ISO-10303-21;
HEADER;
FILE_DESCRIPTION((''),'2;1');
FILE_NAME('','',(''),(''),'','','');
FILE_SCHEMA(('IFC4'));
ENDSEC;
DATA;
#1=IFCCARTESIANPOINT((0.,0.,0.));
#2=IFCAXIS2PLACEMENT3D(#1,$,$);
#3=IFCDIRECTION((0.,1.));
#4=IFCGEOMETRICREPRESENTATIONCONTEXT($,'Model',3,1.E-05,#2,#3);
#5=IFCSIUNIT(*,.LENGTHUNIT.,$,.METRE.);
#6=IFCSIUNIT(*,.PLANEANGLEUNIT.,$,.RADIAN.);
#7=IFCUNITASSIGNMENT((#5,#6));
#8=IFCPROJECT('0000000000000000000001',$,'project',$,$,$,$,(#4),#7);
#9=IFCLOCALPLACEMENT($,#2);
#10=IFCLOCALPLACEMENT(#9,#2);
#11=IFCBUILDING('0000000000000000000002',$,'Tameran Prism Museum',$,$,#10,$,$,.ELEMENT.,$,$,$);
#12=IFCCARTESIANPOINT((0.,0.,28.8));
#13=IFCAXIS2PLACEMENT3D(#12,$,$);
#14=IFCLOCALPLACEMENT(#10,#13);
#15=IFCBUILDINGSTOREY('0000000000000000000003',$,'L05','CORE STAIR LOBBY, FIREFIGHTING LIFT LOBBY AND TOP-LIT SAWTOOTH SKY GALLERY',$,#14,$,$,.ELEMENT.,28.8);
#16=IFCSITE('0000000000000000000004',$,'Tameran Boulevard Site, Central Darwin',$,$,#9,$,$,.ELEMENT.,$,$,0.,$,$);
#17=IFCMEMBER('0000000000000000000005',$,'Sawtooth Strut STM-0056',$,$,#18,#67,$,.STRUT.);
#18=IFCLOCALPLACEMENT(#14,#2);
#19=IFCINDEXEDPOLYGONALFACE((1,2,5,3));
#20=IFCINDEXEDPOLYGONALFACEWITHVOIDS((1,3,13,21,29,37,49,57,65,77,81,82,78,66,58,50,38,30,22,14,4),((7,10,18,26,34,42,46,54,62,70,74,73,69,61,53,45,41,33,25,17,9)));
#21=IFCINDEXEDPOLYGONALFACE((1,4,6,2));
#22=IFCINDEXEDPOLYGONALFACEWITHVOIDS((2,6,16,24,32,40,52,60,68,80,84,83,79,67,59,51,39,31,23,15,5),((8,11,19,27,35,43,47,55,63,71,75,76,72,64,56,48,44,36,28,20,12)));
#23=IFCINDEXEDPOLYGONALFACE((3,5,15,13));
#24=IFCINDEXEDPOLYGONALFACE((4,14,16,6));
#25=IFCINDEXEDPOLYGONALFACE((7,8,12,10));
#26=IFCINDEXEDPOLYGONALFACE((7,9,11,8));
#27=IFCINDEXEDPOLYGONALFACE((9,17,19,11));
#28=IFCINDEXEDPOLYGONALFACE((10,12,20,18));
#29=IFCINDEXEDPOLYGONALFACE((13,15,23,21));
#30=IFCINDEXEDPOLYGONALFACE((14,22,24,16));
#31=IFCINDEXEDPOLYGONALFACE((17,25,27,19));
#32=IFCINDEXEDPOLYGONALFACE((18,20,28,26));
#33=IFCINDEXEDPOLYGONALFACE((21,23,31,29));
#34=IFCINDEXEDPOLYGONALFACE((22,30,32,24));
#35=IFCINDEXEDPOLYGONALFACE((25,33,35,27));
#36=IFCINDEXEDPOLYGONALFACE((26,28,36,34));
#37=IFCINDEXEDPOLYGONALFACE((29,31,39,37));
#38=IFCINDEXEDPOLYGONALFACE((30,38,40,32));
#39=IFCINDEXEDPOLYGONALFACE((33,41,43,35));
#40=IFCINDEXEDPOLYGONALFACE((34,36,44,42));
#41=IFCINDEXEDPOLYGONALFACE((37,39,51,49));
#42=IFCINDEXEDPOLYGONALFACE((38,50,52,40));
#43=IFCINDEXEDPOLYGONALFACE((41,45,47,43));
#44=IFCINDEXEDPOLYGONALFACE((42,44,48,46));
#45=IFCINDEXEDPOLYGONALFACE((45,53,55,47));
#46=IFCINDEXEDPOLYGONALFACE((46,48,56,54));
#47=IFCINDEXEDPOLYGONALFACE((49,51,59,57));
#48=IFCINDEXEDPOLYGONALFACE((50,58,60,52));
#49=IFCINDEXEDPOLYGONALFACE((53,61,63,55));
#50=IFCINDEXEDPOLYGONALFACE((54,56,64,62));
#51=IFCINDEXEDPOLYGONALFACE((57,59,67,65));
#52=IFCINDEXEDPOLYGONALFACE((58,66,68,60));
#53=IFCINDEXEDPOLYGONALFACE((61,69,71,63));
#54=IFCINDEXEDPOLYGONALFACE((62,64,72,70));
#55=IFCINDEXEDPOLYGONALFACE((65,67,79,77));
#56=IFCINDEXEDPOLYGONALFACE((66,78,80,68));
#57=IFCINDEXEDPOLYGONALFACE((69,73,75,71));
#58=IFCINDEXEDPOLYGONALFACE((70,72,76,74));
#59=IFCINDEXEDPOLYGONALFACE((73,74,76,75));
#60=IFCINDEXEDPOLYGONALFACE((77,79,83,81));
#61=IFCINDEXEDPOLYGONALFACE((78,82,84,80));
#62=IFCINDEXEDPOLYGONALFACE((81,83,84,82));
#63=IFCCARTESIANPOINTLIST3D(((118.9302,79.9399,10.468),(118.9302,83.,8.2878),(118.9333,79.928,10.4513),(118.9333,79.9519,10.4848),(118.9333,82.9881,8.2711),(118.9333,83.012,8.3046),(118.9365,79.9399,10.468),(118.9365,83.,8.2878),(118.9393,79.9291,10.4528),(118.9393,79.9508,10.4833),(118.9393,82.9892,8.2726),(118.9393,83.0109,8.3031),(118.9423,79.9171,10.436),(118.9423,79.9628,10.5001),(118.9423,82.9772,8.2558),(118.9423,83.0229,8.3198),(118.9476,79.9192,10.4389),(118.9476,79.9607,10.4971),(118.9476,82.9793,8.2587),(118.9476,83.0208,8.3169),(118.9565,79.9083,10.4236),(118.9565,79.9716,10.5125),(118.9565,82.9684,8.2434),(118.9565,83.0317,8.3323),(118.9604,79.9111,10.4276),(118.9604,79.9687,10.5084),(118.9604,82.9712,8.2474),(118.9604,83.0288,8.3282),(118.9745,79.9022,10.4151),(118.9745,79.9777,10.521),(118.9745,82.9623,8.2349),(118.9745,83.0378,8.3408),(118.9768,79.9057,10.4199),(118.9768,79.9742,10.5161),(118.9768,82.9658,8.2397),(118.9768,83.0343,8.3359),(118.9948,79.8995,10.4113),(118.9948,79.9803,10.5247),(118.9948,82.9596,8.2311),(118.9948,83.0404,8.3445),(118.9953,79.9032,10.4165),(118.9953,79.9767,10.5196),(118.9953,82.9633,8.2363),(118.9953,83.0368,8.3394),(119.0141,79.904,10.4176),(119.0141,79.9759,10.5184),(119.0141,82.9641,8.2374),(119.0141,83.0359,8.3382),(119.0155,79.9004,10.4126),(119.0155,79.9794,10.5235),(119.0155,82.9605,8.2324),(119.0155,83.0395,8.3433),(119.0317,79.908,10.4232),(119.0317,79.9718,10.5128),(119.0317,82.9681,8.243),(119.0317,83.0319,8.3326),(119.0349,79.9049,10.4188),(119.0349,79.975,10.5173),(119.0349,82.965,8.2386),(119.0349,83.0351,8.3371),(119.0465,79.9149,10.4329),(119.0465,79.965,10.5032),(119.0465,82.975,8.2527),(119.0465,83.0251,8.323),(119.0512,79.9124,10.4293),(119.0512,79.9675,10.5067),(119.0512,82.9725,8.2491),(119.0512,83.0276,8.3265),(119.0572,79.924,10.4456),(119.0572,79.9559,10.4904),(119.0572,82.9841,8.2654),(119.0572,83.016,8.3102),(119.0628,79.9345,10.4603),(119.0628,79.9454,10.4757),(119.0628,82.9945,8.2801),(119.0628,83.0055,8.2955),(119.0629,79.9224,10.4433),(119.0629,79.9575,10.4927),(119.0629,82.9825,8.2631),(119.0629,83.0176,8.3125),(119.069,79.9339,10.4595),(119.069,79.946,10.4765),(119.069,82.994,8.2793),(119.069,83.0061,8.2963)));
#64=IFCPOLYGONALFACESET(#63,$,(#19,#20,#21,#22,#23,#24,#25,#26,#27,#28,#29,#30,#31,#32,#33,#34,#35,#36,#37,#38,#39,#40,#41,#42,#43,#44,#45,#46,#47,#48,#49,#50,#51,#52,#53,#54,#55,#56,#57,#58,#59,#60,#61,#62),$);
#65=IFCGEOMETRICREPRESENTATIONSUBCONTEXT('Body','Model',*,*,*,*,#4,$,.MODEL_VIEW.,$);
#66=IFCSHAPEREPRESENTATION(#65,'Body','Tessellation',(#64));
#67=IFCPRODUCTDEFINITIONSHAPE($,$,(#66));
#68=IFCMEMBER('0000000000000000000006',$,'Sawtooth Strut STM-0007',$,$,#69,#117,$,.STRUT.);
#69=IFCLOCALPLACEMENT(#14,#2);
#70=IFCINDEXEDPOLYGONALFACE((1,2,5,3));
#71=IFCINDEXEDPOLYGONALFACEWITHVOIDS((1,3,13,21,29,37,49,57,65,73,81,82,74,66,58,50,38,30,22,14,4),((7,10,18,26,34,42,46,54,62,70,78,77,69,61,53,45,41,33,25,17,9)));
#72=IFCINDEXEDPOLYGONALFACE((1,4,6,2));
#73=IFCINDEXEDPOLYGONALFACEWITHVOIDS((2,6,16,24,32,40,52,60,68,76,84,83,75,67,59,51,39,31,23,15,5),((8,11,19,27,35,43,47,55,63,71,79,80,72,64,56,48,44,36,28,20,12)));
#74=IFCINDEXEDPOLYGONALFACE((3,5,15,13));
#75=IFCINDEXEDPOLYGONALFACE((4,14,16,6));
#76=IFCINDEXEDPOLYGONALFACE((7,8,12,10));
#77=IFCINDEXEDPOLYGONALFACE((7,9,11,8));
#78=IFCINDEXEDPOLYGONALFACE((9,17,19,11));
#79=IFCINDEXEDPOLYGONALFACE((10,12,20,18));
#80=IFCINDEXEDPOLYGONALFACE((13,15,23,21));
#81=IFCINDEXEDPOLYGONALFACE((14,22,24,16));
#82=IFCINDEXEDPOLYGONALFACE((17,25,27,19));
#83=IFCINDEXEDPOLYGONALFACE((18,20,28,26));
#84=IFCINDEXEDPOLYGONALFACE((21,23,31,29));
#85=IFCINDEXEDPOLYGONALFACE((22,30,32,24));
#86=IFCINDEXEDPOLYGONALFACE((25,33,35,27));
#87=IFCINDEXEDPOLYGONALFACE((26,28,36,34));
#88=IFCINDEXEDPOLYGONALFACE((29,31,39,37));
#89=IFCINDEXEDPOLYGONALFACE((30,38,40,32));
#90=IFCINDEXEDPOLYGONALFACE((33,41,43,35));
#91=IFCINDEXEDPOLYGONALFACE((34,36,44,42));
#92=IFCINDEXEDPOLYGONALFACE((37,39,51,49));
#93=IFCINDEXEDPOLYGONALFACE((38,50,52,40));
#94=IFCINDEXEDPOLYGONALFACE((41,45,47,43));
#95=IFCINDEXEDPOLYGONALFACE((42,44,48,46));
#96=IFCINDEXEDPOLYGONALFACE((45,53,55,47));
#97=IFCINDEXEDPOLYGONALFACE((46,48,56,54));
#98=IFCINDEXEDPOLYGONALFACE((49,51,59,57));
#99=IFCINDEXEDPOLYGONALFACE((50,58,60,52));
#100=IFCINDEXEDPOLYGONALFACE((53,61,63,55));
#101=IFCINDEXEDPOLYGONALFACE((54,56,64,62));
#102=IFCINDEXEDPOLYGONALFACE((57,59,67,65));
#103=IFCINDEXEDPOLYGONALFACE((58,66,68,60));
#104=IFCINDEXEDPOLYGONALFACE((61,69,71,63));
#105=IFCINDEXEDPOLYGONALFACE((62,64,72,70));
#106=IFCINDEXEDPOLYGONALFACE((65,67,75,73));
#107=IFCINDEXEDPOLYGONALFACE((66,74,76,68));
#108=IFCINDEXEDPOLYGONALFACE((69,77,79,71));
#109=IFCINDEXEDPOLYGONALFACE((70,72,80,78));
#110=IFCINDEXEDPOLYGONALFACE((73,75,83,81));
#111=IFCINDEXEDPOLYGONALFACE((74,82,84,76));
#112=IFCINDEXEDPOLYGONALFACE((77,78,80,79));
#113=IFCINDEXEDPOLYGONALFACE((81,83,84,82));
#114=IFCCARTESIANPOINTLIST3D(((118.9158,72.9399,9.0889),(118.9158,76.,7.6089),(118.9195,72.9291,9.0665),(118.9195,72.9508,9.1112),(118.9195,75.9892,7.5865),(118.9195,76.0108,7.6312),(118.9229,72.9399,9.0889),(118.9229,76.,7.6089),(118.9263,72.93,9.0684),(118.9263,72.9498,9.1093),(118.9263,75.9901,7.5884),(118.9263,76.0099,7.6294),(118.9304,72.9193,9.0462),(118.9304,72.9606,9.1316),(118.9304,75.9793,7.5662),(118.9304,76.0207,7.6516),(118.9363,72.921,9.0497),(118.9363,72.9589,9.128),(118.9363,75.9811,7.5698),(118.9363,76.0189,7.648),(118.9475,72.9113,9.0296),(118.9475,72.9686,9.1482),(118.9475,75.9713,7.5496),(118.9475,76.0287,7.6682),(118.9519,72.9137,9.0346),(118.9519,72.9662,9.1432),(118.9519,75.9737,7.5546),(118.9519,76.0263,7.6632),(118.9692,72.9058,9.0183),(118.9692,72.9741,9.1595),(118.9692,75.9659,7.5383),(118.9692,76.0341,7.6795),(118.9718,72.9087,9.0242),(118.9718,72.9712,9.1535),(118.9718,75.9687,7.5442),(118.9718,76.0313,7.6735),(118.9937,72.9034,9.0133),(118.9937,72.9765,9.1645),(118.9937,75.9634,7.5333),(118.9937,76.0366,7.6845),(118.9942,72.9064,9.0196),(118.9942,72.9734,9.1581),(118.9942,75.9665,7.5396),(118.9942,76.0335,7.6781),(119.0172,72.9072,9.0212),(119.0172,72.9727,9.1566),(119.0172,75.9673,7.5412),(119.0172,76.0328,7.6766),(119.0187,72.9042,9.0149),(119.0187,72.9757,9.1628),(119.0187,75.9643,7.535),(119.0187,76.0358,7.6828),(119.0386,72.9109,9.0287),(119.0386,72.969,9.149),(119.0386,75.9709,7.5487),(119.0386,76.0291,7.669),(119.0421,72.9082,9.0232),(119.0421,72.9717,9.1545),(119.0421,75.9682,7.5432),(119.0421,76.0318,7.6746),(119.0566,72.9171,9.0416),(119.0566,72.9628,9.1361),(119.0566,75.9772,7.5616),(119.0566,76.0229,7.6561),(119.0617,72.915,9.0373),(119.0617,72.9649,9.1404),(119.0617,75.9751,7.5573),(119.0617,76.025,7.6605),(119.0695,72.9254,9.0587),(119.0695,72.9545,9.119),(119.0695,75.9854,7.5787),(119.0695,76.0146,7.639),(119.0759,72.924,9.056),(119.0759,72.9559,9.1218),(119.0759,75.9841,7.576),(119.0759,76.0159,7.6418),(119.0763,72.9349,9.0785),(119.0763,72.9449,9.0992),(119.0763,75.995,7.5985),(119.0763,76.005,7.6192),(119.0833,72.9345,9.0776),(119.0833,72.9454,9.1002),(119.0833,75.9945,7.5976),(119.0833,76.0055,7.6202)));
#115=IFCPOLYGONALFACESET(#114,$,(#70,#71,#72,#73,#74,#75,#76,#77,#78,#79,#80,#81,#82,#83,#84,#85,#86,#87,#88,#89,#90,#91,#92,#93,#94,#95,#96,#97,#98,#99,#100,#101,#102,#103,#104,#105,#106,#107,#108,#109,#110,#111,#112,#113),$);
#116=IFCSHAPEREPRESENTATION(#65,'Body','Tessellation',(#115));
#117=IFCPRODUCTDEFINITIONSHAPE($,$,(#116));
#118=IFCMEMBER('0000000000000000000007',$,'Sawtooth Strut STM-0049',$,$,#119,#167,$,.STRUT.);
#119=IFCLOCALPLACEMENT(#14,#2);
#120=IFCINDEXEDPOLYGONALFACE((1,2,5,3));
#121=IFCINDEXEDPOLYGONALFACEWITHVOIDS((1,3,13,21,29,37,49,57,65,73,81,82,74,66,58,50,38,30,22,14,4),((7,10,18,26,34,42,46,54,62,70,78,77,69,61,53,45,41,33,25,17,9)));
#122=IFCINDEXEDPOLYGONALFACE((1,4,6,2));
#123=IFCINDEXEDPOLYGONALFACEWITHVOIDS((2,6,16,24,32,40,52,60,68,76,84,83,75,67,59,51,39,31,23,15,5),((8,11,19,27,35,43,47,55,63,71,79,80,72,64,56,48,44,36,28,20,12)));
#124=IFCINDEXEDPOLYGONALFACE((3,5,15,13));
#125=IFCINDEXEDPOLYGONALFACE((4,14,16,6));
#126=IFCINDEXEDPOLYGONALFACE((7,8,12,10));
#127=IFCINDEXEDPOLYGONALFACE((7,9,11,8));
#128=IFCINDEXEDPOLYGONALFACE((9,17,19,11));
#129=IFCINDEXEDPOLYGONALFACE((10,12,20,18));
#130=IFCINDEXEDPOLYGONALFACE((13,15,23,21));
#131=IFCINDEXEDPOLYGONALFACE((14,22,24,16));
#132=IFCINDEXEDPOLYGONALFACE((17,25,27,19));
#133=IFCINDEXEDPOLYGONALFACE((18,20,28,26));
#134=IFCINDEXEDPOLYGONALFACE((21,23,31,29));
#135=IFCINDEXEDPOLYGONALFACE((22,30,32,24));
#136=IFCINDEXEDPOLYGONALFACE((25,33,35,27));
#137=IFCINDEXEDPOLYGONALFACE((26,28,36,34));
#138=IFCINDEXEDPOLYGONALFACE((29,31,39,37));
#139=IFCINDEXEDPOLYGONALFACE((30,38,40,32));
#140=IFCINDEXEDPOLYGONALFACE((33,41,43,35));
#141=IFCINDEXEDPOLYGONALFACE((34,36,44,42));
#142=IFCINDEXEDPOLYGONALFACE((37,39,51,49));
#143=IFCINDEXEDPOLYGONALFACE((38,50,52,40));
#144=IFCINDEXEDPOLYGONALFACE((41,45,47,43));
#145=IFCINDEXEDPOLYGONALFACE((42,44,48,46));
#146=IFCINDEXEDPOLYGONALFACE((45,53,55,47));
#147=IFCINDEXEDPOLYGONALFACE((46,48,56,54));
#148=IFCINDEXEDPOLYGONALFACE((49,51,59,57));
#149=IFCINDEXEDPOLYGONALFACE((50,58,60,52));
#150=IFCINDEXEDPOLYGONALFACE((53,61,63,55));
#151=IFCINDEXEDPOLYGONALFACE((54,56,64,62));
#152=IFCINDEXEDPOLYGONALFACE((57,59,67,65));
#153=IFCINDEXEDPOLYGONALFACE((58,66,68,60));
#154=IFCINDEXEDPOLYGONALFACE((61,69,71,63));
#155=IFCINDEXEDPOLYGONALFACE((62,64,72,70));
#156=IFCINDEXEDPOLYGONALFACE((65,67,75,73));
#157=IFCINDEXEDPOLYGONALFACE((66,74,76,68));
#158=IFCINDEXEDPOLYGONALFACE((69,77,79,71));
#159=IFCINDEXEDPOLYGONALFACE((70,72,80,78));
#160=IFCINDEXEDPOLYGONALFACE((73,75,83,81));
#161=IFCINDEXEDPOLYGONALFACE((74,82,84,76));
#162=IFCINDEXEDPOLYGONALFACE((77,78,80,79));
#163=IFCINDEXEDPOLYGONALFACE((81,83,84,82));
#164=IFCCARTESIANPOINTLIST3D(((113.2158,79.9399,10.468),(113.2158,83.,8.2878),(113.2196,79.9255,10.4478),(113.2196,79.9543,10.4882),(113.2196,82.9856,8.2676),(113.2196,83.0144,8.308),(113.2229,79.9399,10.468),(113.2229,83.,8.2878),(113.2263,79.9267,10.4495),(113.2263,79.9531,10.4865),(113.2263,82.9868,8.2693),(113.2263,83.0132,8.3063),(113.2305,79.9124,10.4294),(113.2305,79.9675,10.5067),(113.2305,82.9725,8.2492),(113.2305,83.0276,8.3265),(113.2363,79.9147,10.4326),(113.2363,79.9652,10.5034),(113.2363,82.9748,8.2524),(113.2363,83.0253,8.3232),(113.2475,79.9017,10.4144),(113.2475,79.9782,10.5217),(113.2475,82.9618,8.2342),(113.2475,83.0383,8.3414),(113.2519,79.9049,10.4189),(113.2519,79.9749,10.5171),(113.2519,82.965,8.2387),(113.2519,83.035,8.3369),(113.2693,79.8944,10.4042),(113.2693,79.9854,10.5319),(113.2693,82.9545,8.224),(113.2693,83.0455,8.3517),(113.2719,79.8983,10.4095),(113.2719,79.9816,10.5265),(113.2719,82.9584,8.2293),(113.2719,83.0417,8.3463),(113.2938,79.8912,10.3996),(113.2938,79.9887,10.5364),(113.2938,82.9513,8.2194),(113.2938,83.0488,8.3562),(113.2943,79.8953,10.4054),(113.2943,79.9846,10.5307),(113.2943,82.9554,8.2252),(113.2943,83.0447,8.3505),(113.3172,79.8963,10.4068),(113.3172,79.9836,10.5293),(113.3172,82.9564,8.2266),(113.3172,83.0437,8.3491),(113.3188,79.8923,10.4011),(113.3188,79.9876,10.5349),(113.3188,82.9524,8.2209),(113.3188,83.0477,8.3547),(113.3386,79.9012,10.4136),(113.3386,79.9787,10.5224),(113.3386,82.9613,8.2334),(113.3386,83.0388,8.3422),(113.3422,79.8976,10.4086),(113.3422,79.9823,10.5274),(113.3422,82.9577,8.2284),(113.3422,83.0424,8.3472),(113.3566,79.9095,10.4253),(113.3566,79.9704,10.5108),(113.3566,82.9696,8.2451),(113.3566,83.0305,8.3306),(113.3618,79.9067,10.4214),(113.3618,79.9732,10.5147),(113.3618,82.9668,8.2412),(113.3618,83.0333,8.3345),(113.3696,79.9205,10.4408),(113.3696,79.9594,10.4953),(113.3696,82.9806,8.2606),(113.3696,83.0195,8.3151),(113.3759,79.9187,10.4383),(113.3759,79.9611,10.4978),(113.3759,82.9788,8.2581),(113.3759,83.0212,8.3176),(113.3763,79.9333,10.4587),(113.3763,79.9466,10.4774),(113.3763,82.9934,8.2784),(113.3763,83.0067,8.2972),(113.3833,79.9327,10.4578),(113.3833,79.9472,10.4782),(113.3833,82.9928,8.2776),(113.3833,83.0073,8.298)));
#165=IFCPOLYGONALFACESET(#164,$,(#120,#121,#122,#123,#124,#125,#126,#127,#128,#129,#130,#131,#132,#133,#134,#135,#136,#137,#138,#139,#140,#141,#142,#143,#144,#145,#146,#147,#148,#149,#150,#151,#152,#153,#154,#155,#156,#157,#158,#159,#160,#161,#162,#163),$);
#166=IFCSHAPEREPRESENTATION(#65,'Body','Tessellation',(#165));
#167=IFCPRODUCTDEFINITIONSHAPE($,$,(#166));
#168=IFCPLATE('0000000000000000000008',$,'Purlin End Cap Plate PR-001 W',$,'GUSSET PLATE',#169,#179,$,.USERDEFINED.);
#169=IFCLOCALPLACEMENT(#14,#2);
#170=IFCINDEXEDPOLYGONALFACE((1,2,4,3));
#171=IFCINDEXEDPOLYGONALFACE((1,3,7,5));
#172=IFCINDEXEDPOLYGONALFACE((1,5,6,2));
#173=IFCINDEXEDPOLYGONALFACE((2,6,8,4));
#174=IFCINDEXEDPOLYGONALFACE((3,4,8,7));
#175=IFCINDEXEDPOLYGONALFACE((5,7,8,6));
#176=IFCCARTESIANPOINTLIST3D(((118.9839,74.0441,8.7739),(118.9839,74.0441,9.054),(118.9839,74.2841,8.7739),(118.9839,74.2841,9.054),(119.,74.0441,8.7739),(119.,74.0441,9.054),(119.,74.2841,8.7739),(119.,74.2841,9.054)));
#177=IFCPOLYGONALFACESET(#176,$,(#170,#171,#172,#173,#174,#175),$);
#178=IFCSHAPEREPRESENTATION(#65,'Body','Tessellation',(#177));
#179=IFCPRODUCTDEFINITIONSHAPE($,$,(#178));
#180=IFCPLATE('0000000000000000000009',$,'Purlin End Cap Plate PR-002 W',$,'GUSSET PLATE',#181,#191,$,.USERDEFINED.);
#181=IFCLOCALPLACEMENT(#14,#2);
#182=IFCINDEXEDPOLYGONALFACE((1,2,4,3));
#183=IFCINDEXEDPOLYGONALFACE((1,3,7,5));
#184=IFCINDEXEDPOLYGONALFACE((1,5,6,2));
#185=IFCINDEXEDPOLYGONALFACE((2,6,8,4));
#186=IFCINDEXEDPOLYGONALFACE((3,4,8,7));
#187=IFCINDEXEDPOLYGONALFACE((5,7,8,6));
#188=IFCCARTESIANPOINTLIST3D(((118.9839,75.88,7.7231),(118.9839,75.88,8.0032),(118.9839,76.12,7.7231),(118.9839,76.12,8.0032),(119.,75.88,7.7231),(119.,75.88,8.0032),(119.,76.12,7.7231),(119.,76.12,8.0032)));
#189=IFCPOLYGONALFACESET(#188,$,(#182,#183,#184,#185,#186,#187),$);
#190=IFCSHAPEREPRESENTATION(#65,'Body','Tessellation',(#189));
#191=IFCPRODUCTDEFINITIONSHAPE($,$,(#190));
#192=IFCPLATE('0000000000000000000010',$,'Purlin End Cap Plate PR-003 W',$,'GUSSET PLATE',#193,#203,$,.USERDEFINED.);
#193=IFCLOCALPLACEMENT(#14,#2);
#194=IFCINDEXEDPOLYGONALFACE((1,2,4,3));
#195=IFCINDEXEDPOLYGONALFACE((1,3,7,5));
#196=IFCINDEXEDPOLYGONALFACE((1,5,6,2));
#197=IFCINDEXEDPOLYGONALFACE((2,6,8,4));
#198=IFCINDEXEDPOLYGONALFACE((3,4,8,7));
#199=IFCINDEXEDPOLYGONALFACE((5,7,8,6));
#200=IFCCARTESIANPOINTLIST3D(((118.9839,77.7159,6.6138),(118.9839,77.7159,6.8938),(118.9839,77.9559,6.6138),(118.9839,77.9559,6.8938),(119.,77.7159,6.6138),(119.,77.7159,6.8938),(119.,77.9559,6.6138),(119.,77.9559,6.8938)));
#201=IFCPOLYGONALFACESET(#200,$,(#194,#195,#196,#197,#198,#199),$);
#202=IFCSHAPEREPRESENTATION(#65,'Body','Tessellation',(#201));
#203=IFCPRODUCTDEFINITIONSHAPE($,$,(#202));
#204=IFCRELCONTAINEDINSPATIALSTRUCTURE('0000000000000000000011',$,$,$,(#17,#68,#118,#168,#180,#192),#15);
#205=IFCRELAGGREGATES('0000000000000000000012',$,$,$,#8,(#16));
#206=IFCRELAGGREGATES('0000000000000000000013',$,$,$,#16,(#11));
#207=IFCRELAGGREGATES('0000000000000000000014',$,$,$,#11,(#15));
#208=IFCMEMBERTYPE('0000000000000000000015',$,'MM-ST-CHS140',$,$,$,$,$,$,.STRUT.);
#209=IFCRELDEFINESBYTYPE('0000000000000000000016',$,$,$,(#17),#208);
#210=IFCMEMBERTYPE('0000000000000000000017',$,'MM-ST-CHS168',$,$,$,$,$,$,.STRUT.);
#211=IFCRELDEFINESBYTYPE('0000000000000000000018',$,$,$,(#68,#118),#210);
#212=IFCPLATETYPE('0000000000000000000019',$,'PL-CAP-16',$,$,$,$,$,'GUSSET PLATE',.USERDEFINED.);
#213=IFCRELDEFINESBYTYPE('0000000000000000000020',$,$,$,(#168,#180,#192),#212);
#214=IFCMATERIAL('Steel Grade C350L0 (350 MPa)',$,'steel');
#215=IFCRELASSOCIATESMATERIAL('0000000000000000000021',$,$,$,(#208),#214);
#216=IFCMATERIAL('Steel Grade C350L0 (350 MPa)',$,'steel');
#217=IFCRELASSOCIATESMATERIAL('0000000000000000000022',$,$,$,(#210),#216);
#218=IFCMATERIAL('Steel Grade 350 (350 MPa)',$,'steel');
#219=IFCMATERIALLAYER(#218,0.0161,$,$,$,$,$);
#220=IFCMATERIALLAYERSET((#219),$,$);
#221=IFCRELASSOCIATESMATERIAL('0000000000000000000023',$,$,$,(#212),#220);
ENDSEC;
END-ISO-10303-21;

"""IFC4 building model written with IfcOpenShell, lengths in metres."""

from ifc_helpers import new_model, si_unit, direction, frame, origin, origin_2d, place, context, subcontext, project, spatial, rectangle, hollow_circle, extrude, material, layer, layer_set, material_profile, profile_set, type_object, element, save


model = new_model("IFC4")

# Units and contexts
model_context = context("Model", 3, precision=1e-05, world=origin(), true_north=direction((0.0, 1.0)))
body_context = subcontext(model_context, "Body", "Model", "MODEL_VIEW")
ifc_project = project(units=[si_unit("LENGTHUNIT", "METRE"), si_unit("PLANEANGLEUNIT", "RADIAN")], contexts=[model_context])

# Site, building, storey
site_placement = place(None, origin())
site = spatial("IfcSite", under=ifc_project, at=site_placement, Name="Tameran Boulevard Site, Central Darwin", CompositionType="ELEMENT", RefElevation=0.0)
building_placement = place(site_placement, origin())
building = spatial("IfcBuilding", under=site, at=building_placement, Name="Tameran Prism Museum", CompositionType="ELEMENT")
storey_placement = place(building_placement, frame((0.0, 0.0, 28.8)))
storey = spatial("IfcBuildingStorey", under=building, at=storey_placement, Name="L05", Description="CORE STAIR LOBBY, FIREFIGHTING LIFT LOBBY AND TOP-LIT SAWTOOTH SKY GALLERY", CompositionType="ELEMENT", Elevation=28.8)

# Members
ifc_material_1 = material(Name="Steel Grade C350L0 (350 MPa)", Category="steel")
ifc_material_profile_1 = material_profile(ifc_material_1, hollow_circle(Radius=0.0698, WallThickness=0.0063, at=origin_2d()))
ifc_profile_set_1 = profile_set([ifc_material_profile_1])
member_type_1 = type_object("IfcMemberType", Name="MM-ST-CHS140", PredefinedType="STRUT", material=ifc_profile_set_1)
for number, where, z_axis, x_axis, name in (
    (1, (119.0, 79.9399, 10.468), (0.0, 0.814435, -0.580254), (-1.0, 0.0, 0.0), "Sawtooth Strut STM-0056"),
):
    element("IfcMember", number, at=place(storey_placement, frame(where, z_axis=z_axis, x_axis=x_axis)), inside=storey, type_object=member_type_1, Name=name, PredefinedType="STRUT", context=body_context, shape_type="SweptSolid", body=[
        extrude(hollow_circle(Radius=0.0698, WallThickness=0.0063, at=origin_2d()), origin(), (0.0, 0.0, 1.0), 3.7573),
    ])
ifc_material_2 = material(Name="Steel Grade C350L0 (350 MPa)", Category="steel")
ifc_material_profile_2 = material_profile(ifc_material_2, hollow_circle(Radius=0.0842, WallThickness=0.0071, at=origin_2d()))
ifc_profile_set_2 = profile_set([ifc_material_profile_2])
member_type_2 = type_object("IfcMemberType", Name="MM-ST-CHS168", PredefinedType="STRUT", material=ifc_profile_set_2)
member_1_placement = place(storey_placement, frame((119.0, 72.9399, 9.0889), z_axis=(0.0, 0.900239, -0.435396), x_axis=(-1.0, 0.0, 0.0)))
element("IfcMember", 2, at=member_1_placement, inside=storey, type_object=member_type_2, Name="Sawtooth Strut STM-0007", PredefinedType="STRUT", context=body_context, shape_type="SweptSolid", body=[
    extrude(hollow_circle(Radius=0.0842, WallThickness=0.0071, at=origin_2d()), origin(), (0.0, 0.0, 1.0), 3.3992),
])
member_2_placement = place(storey_placement, frame((113.3, 79.9399, 10.468), z_axis=(0.0, 0.814435, -0.580254), x_axis=(-1.0, 0.0, 0.0)))
element("IfcMember", 3, at=member_2_placement, inside=storey, type_object=member_type_2, Name="Sawtooth Strut STM-0049", PredefinedType="STRUT", context=body_context, shape_type="SweptSolid", body=[
    extrude(hollow_circle(Radius=0.0842, WallThickness=0.0071, at=origin_2d()), origin(), (0.0, 0.0, 1.0), 3.7573),
])

# Plates
ifc_material_3 = material(Name="Steel Grade 350 (350 MPa)", Category="steel")
ifc_layer_1 = layer(ifc_material_3, 0.0161)
ifc_layer_set_1 = layer_set([ifc_layer_1])
plate_type_1 = type_object("IfcPlateType", Name="PL-CAP-16", ElementType="GUSSET PLATE", PredefinedType="USERDEFINED", material=ifc_layer_set_1)
for number, where, z_axis, x_axis, name in (
    (4, (118.9919, 74.1641, 8.7739), (0.0, 0.0, 1.0), (1.0, 0.0, 0.0), "Purlin End Cap Plate PR-001 W"),
    (5, (118.9919, 76.0, 7.7231), (0.0, 0.0, 1.0), (1.0, 0.0, 0.0), "Purlin End Cap Plate PR-002 W"),
    (6, (118.9919, 77.8359, 6.6138), (0.0, 0.0, 1.0), (1.0, 0.0, 0.0), "Purlin End Cap Plate PR-003 W"),
):
    element("IfcPlate", number, at=place(storey_placement, frame(where, z_axis=z_axis, x_axis=x_axis)), inside=storey, type_object=plate_type_1, Name=name, ObjectType="GUSSET PLATE", PredefinedType="USERDEFINED", context=body_context, shape_type="SweptSolid", body=[
        extrude(rectangle(XDim=0.0161, YDim=0.24, at=origin_2d()), origin(), (0.0, 0.0, 1.0), 0.28),
    ])

save(model, "model.ifc")
